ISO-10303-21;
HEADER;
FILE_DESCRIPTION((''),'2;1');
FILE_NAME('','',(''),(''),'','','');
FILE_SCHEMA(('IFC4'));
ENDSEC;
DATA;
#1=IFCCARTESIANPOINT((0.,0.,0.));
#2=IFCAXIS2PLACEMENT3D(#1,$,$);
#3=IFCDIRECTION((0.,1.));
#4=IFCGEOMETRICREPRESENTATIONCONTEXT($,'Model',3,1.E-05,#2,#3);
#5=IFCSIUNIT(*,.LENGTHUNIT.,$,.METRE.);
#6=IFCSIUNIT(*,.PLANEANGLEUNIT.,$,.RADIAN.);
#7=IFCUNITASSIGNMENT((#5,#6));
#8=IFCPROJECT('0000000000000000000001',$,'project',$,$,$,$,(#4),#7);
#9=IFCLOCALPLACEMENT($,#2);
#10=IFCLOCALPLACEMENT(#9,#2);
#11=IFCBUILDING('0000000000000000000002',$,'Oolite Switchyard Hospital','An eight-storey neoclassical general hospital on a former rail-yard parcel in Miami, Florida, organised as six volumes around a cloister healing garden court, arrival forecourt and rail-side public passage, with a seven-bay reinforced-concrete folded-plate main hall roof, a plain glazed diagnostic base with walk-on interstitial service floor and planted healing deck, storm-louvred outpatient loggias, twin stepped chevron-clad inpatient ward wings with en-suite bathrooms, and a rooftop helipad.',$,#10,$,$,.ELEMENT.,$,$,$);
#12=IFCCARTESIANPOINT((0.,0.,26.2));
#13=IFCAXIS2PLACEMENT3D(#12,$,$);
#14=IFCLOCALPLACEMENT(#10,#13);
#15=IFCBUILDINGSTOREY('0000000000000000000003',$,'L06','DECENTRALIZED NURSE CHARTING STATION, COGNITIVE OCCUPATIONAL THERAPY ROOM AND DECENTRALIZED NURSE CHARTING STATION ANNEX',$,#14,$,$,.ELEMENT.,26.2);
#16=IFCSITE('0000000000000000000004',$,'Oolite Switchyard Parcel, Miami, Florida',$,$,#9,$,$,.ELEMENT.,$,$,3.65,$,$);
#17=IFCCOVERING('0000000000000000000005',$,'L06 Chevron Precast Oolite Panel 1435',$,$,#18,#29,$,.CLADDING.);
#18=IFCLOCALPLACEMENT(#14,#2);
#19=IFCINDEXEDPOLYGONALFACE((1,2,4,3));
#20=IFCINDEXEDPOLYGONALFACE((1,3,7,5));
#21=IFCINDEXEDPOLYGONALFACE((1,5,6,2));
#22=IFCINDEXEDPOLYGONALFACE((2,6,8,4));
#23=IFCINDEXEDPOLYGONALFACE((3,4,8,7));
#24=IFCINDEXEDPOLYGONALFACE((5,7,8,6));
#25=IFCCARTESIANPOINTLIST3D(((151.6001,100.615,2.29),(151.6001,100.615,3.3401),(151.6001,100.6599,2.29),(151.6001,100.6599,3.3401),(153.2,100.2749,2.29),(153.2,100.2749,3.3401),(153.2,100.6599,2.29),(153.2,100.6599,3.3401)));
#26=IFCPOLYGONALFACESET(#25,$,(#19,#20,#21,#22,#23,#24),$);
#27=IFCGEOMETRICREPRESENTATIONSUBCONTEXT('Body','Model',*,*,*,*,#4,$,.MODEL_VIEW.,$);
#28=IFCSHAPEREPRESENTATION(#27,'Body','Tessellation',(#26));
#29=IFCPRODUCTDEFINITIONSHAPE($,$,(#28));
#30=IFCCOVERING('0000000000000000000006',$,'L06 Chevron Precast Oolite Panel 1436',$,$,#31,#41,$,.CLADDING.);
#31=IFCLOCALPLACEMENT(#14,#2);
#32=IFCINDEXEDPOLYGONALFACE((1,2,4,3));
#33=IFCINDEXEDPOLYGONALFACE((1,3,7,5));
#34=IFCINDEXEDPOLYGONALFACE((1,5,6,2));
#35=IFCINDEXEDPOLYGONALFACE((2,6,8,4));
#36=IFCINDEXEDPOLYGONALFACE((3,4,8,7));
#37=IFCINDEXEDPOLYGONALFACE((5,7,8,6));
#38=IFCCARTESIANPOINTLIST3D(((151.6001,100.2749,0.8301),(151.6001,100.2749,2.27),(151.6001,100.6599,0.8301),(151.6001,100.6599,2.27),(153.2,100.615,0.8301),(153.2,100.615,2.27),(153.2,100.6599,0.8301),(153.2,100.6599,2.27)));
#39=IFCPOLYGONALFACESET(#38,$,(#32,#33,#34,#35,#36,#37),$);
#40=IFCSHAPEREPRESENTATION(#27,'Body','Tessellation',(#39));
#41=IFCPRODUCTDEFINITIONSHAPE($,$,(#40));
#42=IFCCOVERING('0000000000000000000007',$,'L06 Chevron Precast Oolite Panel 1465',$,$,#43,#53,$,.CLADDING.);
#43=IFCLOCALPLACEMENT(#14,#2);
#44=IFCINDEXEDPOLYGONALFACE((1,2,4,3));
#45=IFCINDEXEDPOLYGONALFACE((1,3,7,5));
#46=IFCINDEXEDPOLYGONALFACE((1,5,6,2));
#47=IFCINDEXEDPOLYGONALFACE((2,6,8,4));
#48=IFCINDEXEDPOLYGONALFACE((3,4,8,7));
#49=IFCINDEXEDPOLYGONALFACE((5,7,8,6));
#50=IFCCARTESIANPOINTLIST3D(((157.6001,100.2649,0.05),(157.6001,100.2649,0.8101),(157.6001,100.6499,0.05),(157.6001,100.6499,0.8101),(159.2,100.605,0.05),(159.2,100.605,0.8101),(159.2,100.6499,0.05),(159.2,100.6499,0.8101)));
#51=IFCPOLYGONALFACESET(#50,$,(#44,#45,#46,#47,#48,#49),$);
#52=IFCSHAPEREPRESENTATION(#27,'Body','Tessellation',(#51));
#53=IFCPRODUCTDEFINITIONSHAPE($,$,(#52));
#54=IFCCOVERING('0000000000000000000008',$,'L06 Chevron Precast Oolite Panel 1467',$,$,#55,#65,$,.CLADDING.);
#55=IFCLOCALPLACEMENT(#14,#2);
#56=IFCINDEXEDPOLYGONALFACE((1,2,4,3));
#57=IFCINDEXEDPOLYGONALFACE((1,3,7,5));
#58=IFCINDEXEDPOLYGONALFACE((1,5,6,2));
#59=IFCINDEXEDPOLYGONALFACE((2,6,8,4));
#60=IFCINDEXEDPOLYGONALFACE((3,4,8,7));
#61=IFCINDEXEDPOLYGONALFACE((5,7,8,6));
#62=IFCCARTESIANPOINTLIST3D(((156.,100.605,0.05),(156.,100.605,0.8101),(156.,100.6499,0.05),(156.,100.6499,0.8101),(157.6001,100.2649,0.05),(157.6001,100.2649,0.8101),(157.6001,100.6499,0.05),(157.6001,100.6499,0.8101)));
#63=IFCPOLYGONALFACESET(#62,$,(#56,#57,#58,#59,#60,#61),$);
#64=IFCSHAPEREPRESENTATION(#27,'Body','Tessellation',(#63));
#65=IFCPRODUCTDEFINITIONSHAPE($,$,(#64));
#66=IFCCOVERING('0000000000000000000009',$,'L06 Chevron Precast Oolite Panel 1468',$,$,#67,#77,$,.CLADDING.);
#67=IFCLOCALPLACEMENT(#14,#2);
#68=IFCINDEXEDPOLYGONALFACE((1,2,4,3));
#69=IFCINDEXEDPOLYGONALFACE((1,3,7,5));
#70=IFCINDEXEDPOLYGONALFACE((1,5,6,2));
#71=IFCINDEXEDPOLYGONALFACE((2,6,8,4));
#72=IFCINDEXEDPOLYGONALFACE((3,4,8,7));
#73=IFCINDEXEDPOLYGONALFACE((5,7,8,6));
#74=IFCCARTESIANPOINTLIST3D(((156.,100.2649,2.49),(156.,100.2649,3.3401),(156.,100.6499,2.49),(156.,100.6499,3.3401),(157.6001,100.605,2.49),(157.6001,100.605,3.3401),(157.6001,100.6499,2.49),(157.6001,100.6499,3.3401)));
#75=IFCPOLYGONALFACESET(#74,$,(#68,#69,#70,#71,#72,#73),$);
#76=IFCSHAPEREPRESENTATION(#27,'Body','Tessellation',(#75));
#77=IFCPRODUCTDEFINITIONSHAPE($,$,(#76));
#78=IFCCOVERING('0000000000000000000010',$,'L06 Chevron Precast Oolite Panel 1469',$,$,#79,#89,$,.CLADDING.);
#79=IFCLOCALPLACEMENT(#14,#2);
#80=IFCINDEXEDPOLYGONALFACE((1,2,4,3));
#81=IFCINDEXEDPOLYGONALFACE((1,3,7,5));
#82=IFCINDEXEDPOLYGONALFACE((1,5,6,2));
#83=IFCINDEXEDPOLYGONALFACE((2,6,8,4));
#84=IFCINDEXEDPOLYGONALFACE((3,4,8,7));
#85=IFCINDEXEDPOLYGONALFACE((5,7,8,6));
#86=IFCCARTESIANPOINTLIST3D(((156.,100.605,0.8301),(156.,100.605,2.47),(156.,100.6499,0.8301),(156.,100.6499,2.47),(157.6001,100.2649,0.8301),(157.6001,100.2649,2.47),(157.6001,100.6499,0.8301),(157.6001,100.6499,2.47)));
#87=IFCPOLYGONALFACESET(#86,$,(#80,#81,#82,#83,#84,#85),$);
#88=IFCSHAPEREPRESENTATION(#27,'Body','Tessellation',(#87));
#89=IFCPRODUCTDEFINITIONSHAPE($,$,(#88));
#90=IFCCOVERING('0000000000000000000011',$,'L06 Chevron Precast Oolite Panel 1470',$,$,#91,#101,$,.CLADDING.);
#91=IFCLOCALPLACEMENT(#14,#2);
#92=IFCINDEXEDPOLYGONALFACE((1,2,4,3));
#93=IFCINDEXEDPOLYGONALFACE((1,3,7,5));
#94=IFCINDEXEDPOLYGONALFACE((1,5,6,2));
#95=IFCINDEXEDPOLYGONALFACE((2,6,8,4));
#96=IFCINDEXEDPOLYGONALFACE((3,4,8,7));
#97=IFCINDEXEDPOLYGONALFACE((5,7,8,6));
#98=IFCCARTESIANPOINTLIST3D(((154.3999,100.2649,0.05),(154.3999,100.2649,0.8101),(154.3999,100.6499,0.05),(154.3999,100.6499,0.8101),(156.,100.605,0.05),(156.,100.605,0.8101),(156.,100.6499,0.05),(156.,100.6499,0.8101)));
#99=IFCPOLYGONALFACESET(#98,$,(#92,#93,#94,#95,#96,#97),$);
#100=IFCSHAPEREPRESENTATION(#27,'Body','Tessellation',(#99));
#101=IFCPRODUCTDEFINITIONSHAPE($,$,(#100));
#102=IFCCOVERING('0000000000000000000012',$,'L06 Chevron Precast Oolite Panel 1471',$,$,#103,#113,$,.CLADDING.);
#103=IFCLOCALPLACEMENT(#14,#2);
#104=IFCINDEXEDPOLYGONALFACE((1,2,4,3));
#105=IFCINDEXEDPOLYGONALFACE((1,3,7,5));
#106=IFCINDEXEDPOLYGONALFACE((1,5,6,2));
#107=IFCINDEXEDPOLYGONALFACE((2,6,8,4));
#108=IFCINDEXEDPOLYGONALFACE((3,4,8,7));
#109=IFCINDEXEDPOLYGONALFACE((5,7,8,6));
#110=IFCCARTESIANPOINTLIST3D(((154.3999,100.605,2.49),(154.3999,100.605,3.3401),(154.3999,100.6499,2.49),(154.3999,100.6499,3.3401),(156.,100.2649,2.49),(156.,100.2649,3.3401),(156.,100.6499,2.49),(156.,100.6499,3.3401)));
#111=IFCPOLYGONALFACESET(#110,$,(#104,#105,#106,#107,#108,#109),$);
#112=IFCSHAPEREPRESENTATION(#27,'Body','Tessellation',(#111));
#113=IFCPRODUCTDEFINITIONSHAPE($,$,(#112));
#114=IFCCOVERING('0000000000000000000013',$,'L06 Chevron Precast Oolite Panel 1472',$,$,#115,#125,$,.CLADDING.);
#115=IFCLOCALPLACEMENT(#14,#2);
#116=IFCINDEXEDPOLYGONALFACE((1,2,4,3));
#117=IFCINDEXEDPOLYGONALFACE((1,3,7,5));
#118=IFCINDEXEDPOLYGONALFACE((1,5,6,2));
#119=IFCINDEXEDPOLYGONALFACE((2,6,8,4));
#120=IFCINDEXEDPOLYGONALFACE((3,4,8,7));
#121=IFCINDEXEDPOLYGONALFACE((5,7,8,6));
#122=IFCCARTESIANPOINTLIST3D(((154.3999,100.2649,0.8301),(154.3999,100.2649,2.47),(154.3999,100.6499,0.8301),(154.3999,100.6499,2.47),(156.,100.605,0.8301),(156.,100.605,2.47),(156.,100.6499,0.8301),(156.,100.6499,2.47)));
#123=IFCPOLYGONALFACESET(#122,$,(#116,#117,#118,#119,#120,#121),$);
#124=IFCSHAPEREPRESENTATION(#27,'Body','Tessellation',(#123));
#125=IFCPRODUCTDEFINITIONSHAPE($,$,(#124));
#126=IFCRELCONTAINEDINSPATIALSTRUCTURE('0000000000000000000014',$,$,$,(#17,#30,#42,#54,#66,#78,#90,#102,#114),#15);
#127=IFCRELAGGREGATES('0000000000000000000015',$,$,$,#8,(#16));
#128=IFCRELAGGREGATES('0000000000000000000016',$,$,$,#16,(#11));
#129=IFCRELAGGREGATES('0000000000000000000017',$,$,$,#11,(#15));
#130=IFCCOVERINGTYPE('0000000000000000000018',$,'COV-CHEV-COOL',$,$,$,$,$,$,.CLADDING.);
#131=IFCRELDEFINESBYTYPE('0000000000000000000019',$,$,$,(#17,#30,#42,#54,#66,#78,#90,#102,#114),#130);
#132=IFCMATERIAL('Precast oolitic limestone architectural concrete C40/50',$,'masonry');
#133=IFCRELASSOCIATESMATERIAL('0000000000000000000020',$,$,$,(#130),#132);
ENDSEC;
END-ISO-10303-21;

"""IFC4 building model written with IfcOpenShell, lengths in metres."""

from ifc_helpers import new_model, si_unit, direction, frame, origin, place, context, subcontext, project, spatial, polyline, outline, extrude, material, type_object, element, save


model = new_model("IFC4")

# Units and contexts
model_context = context("Model", 3, precision=1e-05, world=origin(), true_north=direction((0.0, 1.0)))
body_context = subcontext(model_context, "Body", "Model", "MODEL_VIEW")
ifc_project = project(units=[si_unit("LENGTHUNIT", "METRE"), si_unit("PLANEANGLEUNIT", "RADIAN")], contexts=[model_context])

# Site, building, storey
site_placement = place(None, origin())
site = spatial("IfcSite", under=ifc_project, at=site_placement, Name="Oolite Switchyard Parcel, Miami, Florida", CompositionType="ELEMENT", RefElevation=3.65)
building_placement = place(site_placement, origin())
building = spatial("IfcBuilding", under=site, at=building_placement, Name="Oolite Switchyard Hospital", Description="An eight-storey neoclassical general hospital on a former rail-yard parcel in Miami, Florida, organised as six volumes around a cloister healing garden court, arrival forecourt and rail-side public passage, with a seven-bay reinforced-concrete folded-plate main hall roof, a plain glazed diagnostic base with walk-on interstitial service floor and planted healing deck, storm-louvred outpatient loggias, twin stepped chevron-clad inpatient ward wings with en-suite bathrooms, and a rooftop helipad.", CompositionType="ELEMENT")
storey_placement = place(building_placement, frame((0.0, 0.0, 26.2)))
storey = spatial("IfcBuildingStorey", under=building, at=storey_placement, Name="L06", Description="DECENTRALIZED NURSE CHARTING STATION, COGNITIVE OCCUPATIONAL THERAPY ROOM AND DECENTRALIZED NURSE CHARTING STATION ANNEX", CompositionType="ELEMENT", Elevation=26.2)

# Shared definitions
ifc_material_1 = material(Name="Precast oolitic limestone architectural concrete C40/50", Category="masonry")

# Coverings
covering_type = type_object("IfcCoveringType", Name="COV-CHEV-COOL", PredefinedType="CLADDING", material=ifc_material_1)
covering_1_placement = place(storey_placement, frame((153.2, 100.6599, 2.29), z_axis=(0.0, 0.0, 1.0), x_axis=(-1.0, 0.0, 0.0)))
element("IfcCovering", 1, at=covering_1_placement, inside=storey, type_object=covering_type, Name="L06 Chevron Precast Oolite Panel 1435", PredefinedType="CLADDING", context=body_context, shape_type="SweptSolid", body=[
    extrude(outline(polyline([(0.0, 0.0), (1.5999, 0.0), (1.5999, 0.0449), (0.0, 0.385), (0.0, 0.0)])), origin(), (0.0, 0.0, 1.0), 1.05),
])
covering_2_placement = place(storey_placement, frame((153.2, 100.6599, 0.8301), z_axis=(0.0, 0.0, 1.0), x_axis=(-1.0, 0.0, 0.0)))
element("IfcCovering", 2, at=covering_2_placement, inside=storey, type_object=covering_type, Name="L06 Chevron Precast Oolite Panel 1436", PredefinedType="CLADDING", context=body_context, shape_type="SweptSolid", body=[
    extrude(outline(polyline([(0.0, 0.0), (1.5999, 0.0), (1.5999, 0.385), (0.0, 0.0449), (0.0, 0.0)])), origin(), (0.0, 0.0, 1.0), 1.4399),
])
covering_3_placement = place(storey_placement, frame((159.2, 100.6499, 0.05), z_axis=(0.0, 0.0, 1.0), x_axis=(-1.0, 0.0, 0.0)))
element("IfcCovering", 3, at=covering_3_placement, inside=storey, type_object=covering_type, Name="L06 Chevron Precast Oolite Panel 1465", PredefinedType="CLADDING", context=body_context, shape_type="SweptSolid", body=[
    extrude(outline(polyline([(0.0, 0.0), (1.5999, 0.0), (1.5999, 0.385), (0.0, 0.0449), (0.0, 0.0)])), origin(), (0.0, 0.0, 1.0), 0.76),
])
covering_4_placement = place(storey_placement, frame((157.6001, 100.6499, 0.05), z_axis=(0.0, 0.0, 1.0), x_axis=(-1.0, 0.0, 0.0)))
element("IfcCovering", 4, at=covering_4_placement, inside=storey, type_object=covering_type, Name="L06 Chevron Precast Oolite Panel 1467", PredefinedType="CLADDING", context=body_context, shape_type="SweptSolid", body=[
    extrude(outline(polyline([(0.0, 0.0), (1.6001, 0.0), (1.6001, 0.0449), (0.0, 0.385), (0.0, 0.0)])), origin(), (0.0, 0.0, 1.0), 0.76),
])
covering_5_placement = place(storey_placement, frame((157.6001, 100.6499, 2.49), z_axis=(0.0, 0.0, 1.0), x_axis=(-1.0, 0.0, 0.0)))
element("IfcCovering", 5, at=covering_5_placement, inside=storey, type_object=covering_type, Name="L06 Chevron Precast Oolite Panel 1468", PredefinedType="CLADDING", context=body_context, shape_type="SweptSolid", body=[
    extrude(outline(polyline([(0.0, 0.0), (1.6001, 0.0), (1.6001, 0.385), (0.0, 0.0449), (0.0, 0.0)])), origin(), (0.0, 0.0, 1.0), 0.8501),
])
covering_6_placement = place(storey_placement, frame((157.6001, 100.6499, 0.8301), z_axis=(0.0, 0.0, 1.0), x_axis=(-1.0, 0.0, 0.0)))
element("IfcCovering", 6, at=covering_6_placement, inside=storey, type_object=covering_type, Name="L06 Chevron Precast Oolite Panel 1469", PredefinedType="CLADDING", context=body_context, shape_type="SweptSolid", body=[
    extrude(outline(polyline([(0.0, 0.0), (1.6001, 0.0), (1.6001, 0.0449), (0.0, 0.385), (0.0, 0.0)])), origin(), (0.0, 0.0, 1.0), 1.6399),
])
covering_7_placement = place(storey_placement, frame((156.0, 100.6499, 0.05), z_axis=(0.0, 0.0, 1.0), x_axis=(-1.0, 0.0, 0.0)))
element("IfcCovering", 7, at=covering_7_placement, inside=storey, type_object=covering_type, Name="L06 Chevron Precast Oolite Panel 1470", PredefinedType="CLADDING", context=body_context, shape_type="SweptSolid", body=[
    extrude(outline(polyline([(0.0, 0.0), (1.6001, 0.0), (1.6001, 0.385), (0.0, 0.0449), (0.0, 0.0)])), origin(), (0.0, 0.0, 1.0), 0.76),
])
covering_8_placement = place(storey_placement, frame((156.0, 100.6499, 2.49), z_axis=(0.0, 0.0, 1.0), x_axis=(-1.0, 0.0, 0.0)))
element("IfcCovering", 8, at=covering_8_placement, inside=storey, type_object=covering_type, Name="L06 Chevron Precast Oolite Panel 1471", PredefinedType="CLADDING", context=body_context, shape_type="SweptSolid", body=[
    extrude(outline(polyline([(0.0, 0.0), (1.6001, 0.0), (1.6001, 0.0449), (0.0, 0.385), (0.0, 0.0)])), origin(), (0.0, 0.0, 1.0), 0.8501),
])
covering_9_placement = place(storey_placement, frame((156.0, 100.6499, 0.8301), z_axis=(0.0, 0.0, 1.0), x_axis=(-1.0, 0.0, 0.0)))
element("IfcCovering", 9, at=covering_9_placement, inside=storey, type_object=covering_type, Name="L06 Chevron Precast Oolite Panel 1472", PredefinedType="CLADDING", context=body_context, shape_type="SweptSolid", body=[
    extrude(outline(polyline([(0.0, 0.0), (1.6001, 0.0), (1.6001, 0.385), (0.0, 0.0449), (0.0, 0.0)])), origin(), (0.0, 0.0, 1.0), 1.6399),
])

save(model, "model.ifc")
